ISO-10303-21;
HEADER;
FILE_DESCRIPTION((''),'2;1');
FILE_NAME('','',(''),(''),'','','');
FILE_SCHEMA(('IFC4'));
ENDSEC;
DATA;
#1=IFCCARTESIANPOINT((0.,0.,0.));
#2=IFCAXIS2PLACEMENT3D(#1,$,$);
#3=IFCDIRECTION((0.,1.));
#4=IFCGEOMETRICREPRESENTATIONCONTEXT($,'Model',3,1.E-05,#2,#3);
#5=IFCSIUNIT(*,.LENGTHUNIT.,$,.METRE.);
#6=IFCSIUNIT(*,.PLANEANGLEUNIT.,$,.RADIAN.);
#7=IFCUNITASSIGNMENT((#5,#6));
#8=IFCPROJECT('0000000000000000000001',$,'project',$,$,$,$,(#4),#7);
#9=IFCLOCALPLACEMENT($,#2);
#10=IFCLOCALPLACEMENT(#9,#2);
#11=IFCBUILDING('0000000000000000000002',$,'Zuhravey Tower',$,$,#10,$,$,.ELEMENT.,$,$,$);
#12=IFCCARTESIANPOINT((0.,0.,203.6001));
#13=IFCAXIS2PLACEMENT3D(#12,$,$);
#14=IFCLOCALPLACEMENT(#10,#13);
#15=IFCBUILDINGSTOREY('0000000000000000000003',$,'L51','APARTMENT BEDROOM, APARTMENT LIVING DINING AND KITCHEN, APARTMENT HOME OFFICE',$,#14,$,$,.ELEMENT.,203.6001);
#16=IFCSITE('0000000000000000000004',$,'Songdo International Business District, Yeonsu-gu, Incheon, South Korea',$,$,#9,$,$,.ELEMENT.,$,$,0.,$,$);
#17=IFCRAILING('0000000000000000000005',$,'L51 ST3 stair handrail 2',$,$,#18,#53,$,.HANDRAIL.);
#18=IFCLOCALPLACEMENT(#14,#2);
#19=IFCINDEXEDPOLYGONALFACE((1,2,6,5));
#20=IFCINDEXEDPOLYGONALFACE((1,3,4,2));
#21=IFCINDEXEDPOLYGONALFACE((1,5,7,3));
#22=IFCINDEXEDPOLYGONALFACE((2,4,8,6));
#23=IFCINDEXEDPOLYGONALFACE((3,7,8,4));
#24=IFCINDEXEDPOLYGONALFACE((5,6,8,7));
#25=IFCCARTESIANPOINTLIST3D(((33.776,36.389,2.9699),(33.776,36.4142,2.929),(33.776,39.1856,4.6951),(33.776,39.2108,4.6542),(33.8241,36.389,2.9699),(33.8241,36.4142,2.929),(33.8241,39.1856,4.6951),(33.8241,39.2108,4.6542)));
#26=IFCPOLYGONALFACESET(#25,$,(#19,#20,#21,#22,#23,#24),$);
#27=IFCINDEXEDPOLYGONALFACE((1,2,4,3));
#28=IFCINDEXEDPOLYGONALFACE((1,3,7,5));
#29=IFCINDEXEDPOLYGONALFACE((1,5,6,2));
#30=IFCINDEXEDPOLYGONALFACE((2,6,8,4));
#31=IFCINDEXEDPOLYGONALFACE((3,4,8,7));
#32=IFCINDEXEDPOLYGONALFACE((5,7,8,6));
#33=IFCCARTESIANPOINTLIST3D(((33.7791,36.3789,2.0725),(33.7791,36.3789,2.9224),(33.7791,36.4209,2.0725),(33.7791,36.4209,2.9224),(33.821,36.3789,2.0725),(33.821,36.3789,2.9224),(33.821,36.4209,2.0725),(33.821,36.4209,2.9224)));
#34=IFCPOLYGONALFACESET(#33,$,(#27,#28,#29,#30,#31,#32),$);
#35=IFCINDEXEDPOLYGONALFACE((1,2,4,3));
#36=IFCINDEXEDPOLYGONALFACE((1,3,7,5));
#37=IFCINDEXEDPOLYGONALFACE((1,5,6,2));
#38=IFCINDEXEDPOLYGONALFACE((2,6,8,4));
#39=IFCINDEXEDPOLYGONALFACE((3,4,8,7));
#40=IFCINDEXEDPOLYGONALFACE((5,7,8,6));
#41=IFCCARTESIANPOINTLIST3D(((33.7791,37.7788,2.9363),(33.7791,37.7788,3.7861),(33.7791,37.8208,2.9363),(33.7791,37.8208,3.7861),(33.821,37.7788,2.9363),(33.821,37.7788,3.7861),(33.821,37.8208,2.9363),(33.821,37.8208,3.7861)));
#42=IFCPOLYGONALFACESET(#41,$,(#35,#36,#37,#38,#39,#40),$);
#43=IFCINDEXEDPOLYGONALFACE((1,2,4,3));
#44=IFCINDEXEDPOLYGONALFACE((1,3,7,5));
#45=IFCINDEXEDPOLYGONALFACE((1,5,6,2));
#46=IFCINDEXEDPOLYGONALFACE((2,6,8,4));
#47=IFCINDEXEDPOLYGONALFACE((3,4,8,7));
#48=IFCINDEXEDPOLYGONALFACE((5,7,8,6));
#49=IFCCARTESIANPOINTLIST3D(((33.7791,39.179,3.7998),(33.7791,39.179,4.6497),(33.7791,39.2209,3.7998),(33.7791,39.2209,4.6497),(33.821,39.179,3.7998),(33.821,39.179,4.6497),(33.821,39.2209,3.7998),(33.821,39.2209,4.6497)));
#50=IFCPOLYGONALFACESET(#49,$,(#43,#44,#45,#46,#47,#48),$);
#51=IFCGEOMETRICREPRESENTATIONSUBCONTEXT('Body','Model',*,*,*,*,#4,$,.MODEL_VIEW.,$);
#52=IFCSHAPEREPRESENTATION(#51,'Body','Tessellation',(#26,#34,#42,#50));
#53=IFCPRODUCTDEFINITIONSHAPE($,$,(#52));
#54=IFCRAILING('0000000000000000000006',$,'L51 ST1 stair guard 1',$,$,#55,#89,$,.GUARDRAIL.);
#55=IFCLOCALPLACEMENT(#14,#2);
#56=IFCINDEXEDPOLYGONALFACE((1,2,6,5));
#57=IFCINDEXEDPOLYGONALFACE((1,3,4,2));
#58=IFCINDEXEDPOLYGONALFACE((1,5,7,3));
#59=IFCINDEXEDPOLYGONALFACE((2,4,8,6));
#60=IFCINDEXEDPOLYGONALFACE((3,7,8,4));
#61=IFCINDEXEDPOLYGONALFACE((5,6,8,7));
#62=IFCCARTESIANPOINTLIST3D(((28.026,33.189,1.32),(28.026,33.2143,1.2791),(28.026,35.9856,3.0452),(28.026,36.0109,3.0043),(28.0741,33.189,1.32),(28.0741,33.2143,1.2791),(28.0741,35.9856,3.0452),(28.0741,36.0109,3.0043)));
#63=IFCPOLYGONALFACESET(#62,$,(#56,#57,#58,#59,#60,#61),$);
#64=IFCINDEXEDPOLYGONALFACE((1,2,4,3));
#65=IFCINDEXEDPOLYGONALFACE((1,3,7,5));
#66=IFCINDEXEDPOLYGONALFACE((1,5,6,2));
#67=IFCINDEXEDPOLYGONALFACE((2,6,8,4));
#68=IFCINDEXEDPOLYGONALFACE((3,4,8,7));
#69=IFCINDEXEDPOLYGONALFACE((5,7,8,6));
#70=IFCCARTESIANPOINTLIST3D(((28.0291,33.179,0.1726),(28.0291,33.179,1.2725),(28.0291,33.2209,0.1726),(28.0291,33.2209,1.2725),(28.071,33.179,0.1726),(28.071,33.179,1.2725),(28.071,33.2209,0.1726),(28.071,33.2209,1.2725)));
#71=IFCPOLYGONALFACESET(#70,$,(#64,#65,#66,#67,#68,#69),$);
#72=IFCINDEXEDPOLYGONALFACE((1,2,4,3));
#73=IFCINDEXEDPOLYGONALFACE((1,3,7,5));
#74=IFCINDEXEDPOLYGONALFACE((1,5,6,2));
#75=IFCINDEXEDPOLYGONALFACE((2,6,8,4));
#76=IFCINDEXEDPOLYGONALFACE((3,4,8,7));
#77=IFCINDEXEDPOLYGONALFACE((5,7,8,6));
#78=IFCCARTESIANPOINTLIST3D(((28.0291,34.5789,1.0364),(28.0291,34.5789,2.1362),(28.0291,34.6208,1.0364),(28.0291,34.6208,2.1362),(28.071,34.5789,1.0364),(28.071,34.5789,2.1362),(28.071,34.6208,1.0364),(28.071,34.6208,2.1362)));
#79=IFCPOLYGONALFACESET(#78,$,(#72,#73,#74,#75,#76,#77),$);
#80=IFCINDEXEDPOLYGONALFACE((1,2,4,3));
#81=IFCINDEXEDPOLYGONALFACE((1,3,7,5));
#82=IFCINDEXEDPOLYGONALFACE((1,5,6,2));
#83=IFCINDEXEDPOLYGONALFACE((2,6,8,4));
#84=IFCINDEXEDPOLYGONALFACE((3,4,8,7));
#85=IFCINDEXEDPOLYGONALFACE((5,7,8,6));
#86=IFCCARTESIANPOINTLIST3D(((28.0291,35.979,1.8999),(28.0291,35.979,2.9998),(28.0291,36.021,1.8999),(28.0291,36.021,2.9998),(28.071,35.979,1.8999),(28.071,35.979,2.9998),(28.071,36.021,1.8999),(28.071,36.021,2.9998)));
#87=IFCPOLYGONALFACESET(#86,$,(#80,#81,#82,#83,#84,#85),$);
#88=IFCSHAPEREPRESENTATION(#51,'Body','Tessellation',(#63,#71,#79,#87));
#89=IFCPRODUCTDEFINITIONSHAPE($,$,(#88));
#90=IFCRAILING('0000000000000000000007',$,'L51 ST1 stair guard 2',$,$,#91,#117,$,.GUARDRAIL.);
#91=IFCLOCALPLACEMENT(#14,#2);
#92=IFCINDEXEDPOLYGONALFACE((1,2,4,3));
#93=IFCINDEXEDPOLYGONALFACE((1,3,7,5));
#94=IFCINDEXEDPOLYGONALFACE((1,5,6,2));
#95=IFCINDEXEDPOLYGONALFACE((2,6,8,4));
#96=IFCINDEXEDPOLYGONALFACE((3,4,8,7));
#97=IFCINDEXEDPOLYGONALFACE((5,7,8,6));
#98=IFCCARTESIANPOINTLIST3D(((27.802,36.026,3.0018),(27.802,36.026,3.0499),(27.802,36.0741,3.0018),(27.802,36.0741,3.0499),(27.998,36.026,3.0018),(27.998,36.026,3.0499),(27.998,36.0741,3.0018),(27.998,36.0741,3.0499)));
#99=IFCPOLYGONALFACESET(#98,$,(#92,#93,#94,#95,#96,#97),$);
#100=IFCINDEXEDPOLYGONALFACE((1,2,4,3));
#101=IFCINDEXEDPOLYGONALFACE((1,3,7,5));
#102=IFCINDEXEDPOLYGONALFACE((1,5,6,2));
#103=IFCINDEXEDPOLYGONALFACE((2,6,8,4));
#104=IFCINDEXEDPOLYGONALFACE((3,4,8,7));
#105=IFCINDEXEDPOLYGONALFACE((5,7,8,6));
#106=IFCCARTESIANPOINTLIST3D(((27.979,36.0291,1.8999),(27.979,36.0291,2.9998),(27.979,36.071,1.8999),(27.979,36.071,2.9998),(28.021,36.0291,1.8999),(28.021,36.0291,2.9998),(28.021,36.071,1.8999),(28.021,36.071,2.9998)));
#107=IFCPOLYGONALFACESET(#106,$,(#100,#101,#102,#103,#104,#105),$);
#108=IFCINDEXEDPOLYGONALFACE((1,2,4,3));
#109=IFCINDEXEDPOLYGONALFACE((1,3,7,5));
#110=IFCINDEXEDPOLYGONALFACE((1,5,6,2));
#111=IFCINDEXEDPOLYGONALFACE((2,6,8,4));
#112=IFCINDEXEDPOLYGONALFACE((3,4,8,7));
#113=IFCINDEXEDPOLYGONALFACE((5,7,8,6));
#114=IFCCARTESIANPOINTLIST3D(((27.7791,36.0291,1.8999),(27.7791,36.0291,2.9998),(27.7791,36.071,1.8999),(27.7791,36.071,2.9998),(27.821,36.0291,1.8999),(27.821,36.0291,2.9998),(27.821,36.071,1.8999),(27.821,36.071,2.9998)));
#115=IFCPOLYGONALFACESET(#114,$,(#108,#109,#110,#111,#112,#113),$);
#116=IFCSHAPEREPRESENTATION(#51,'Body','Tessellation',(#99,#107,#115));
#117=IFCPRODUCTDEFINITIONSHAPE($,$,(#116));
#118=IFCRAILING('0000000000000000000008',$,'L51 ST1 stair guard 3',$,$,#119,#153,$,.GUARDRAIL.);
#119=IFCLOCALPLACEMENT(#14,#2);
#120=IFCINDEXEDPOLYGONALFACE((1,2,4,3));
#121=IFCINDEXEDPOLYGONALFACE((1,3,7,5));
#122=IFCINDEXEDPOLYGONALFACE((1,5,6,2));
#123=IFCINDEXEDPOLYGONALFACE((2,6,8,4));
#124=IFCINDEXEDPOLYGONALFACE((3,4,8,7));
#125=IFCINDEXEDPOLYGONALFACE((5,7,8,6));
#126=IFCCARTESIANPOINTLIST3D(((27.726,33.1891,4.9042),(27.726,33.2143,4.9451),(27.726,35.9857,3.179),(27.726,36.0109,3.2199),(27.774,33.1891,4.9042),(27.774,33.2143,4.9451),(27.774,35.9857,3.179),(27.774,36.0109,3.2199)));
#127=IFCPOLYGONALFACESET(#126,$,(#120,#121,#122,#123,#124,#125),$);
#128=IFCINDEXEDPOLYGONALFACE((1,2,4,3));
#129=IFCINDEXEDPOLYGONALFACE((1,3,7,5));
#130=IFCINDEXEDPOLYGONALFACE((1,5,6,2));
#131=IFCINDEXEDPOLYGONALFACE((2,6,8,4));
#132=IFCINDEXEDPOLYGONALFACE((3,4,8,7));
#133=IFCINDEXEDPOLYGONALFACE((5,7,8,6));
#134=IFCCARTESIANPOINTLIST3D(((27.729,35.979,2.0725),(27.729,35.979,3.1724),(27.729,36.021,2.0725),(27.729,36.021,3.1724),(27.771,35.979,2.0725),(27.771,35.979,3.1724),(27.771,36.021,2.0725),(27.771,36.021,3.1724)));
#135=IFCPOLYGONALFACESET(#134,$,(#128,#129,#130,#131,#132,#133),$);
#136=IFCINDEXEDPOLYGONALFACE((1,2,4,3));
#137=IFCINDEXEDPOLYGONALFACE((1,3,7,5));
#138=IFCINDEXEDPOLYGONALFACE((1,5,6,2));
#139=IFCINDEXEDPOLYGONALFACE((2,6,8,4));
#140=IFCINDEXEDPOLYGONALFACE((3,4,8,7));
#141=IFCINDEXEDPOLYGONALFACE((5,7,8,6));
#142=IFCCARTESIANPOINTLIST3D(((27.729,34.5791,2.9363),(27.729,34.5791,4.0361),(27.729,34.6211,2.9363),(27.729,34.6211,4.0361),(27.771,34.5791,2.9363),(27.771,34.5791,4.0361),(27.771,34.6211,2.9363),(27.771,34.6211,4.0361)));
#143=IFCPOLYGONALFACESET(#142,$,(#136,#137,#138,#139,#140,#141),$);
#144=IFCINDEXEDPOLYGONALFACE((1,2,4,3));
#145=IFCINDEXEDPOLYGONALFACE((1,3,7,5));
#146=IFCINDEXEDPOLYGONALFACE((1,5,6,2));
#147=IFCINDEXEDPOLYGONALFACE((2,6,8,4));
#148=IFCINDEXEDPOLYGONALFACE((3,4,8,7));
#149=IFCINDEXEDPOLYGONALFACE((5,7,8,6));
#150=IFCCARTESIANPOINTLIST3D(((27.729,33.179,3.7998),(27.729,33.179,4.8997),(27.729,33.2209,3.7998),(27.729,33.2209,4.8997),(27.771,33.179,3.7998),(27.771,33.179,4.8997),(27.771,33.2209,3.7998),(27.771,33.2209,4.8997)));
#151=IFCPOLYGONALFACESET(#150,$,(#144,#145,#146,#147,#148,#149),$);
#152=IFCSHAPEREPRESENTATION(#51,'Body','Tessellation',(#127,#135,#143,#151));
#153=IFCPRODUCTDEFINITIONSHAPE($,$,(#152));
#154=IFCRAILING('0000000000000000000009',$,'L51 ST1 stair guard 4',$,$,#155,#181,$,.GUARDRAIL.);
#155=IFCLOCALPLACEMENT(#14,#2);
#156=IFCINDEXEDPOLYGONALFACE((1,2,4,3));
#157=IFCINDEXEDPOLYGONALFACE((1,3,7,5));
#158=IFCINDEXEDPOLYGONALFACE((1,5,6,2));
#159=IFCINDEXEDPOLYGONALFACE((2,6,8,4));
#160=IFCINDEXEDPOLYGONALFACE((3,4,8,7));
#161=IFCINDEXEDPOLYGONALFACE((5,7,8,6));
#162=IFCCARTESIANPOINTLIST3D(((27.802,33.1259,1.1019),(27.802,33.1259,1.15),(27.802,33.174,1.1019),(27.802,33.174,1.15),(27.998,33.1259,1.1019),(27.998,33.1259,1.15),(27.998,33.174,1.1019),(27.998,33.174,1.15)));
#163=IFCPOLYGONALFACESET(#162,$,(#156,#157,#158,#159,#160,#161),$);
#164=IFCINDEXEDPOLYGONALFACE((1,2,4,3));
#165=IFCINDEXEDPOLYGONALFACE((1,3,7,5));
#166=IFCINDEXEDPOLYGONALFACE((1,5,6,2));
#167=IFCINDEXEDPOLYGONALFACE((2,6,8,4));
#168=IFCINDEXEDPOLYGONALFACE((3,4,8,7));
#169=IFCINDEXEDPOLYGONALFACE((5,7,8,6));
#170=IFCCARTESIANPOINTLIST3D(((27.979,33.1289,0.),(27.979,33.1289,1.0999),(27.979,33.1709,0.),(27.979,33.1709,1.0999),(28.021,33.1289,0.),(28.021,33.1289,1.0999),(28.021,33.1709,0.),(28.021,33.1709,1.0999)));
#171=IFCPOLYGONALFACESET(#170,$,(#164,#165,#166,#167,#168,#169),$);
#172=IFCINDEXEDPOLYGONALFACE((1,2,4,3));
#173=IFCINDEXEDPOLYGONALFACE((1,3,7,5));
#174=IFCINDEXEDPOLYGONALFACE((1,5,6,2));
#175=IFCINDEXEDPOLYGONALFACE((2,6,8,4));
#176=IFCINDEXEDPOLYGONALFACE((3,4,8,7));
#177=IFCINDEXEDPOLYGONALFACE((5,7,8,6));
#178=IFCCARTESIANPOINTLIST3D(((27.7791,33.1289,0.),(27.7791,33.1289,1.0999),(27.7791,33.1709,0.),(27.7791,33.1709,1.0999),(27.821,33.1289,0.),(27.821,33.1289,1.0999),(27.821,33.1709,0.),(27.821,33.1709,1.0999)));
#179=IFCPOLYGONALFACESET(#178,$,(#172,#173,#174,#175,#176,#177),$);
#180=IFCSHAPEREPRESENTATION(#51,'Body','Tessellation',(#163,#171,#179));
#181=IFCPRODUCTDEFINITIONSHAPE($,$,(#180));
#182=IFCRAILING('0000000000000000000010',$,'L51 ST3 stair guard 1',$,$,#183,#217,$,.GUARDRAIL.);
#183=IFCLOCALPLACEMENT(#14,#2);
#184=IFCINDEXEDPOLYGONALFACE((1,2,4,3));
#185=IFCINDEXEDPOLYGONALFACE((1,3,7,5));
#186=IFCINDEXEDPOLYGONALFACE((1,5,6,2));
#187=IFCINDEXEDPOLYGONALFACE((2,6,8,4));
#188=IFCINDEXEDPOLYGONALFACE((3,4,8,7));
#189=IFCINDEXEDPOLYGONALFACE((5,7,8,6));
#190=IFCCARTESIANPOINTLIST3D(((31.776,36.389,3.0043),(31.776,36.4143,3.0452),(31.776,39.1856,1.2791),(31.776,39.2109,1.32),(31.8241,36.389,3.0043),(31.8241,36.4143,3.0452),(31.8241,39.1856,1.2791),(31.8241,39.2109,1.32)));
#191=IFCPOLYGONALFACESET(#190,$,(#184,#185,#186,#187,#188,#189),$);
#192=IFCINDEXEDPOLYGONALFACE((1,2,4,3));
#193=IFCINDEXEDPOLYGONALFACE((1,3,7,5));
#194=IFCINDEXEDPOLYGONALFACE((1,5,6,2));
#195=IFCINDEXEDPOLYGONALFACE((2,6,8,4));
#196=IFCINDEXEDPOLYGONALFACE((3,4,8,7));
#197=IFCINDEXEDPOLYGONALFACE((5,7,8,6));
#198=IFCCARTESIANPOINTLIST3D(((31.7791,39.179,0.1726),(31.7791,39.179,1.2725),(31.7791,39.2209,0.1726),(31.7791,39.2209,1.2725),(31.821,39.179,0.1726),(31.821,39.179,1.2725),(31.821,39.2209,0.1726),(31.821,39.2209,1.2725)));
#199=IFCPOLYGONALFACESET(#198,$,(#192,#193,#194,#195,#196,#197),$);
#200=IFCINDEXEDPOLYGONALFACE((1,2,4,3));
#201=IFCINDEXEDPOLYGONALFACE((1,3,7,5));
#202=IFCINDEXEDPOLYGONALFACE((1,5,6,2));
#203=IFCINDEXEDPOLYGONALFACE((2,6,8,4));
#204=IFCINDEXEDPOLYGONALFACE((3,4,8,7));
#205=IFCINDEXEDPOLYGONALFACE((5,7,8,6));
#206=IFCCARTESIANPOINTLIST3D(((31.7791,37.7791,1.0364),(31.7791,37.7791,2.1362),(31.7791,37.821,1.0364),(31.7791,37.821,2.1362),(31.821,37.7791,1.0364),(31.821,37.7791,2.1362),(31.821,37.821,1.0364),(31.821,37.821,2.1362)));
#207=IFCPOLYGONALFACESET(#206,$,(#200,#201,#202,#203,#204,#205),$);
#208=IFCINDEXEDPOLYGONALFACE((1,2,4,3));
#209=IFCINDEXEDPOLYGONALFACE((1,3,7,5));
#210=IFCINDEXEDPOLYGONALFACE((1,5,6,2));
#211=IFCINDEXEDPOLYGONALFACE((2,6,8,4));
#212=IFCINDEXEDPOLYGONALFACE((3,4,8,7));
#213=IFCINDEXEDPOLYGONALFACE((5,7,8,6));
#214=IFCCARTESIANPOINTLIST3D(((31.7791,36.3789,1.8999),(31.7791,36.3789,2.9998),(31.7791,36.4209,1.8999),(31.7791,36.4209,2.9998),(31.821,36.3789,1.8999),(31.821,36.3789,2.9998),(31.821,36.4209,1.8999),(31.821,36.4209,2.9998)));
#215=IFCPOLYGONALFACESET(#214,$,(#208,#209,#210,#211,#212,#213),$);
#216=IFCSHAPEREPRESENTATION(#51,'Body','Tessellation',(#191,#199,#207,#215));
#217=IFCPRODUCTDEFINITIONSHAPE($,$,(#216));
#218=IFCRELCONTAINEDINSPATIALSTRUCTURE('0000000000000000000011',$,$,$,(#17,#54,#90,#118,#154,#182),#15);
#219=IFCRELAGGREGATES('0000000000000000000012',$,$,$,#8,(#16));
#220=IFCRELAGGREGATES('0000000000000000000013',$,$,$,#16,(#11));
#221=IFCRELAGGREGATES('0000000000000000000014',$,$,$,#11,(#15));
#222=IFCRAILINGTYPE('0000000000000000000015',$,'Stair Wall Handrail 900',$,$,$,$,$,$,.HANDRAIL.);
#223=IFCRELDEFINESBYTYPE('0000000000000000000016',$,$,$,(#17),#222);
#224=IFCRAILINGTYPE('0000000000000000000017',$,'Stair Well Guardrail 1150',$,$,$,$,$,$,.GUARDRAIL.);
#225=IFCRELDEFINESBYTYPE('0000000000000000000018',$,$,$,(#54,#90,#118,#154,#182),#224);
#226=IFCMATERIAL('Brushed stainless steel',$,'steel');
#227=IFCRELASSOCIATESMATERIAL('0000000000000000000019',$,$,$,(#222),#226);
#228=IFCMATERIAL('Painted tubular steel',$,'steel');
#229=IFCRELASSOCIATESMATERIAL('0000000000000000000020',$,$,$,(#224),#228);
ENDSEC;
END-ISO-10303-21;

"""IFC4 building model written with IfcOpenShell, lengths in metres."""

from ifc_helpers import new_model, si_unit, direction, frame, origin, origin_2d, place, context, subcontext, project, spatial, rectangle, extrude, material, type_object, element, save


model = new_model("IFC4")

# Units and contexts
model_context = context("Model", 3, precision=1e-05, world=origin(), true_north=direction((0.0, 1.0)))
body_context = subcontext(model_context, "Body", "Model", "MODEL_VIEW")
ifc_project = project(units=[si_unit("LENGTHUNIT", "METRE"), si_unit("PLANEANGLEUNIT", "RADIAN")], contexts=[model_context])

# Site, building, storey
site_placement = place(None, origin())
site = spatial("IfcSite", under=ifc_project, at=site_placement, Name="Songdo International Business District, Yeonsu-gu, Incheon, South Korea", CompositionType="ELEMENT", RefElevation=0.0)
building_placement = place(site_placement, origin())
building = spatial("IfcBuilding", under=site, at=building_placement, Name="Zuhravey Tower", CompositionType="ELEMENT")
storey_placement = place(building_placement, frame((0.0, 0.0, 203.6001)))
storey = spatial("IfcBuildingStorey", under=building, at=storey_placement, Name="L51", Description="APARTMENT BEDROOM, APARTMENT LIVING DINING AND KITCHEN, APARTMENT HOME OFFICE", CompositionType="ELEMENT", Elevation=203.6001)

# Railings
ifc_material_1 = material(Name="Brushed stainless steel", Category="steel")
railing_type_1 = type_object("IfcRailingType", Name="Stair Wall Handrail 900", PredefinedType="HANDRAIL", material=ifc_material_1)
railing_1_placement = place(storey_placement, frame((33.8, 36.3999, 2.0725)))
element("IfcRailing", 1, at=railing_1_placement, inside=storey, type_object=railing_type_1, Name="L51 ST3 stair handrail 2", PredefinedType="HANDRAIL", context=body_context, shape_type="SweptSolid", body=[
    extrude(rectangle(XDim=0.0481, YDim=0.0481, at=origin_2d()), frame((0.0, 0.0017, 0.877), z_axis=(0.0, 0.85109, 0.52502), x_axis=(-1.0, 0.0, 0.0)), (0.0, 0.0, 1.0), 3.2859),
    extrude(rectangle(XDim=0.042, YDim=0.042, at=origin_2d()), origin(), (0.0, 0.0, 1.0), 0.8499),
    extrude(rectangle(XDim=0.042, YDim=0.042, at=origin_2d()), frame((0.0, 1.3999, 0.8638)), (0.0, 0.0, 1.0), 0.8499),
    extrude(rectangle(XDim=0.042, YDim=0.042, at=origin_2d()), frame((0.0, 2.8, 1.7273)), (0.0, 0.0, 1.0), 0.8499),
])
ifc_material_2 = material(Name="Painted tubular steel", Category="steel")
railing_type_2 = type_object("IfcRailingType", Name="Stair Well Guardrail 1150", PredefinedType="GUARDRAIL", material=ifc_material_2)
railing_2_placement = place(storey_placement, frame((28.05, 33.2, 0.1726)))
element("IfcRailing", 2, at=railing_2_placement, inside=storey, type_object=railing_type_2, Name="L51 ST1 stair guard 1", PredefinedType="GUARDRAIL", context=body_context, shape_type="SweptSolid", body=[
    extrude(rectangle(XDim=0.0481, YDim=0.0481, at=origin_2d()), frame((0.0, 0.0017, 1.127), z_axis=(0.0, 0.85109, 0.52502), x_axis=(-1.0, 0.0, 0.0)), (0.0, 0.0, 1.0), 3.2859),
    extrude(rectangle(XDim=0.042, YDim=0.042, at=origin_2d()), origin(), (0.0, 0.0, 1.0), 1.0999),
    extrude(rectangle(XDim=0.042, YDim=0.042, at=origin_2d()), frame((0.0, 1.3999, 0.8638)), (0.0, 0.0, 1.0), 1.0999),
    extrude(rectangle(XDim=0.042, YDim=0.042, at=origin_2d()), frame((0.0, 2.8, 1.7273)), (0.0, 0.0, 1.0), 1.0999),
])
railing_3_placement = place(storey_placement, frame((28.0, 36.05, 1.8999)))
element("IfcRailing", 3, at=railing_3_placement, inside=storey, type_object=railing_type_2, Name="L51 ST1 stair guard 2", PredefinedType="GUARDRAIL", context=body_context, shape_type="SweptSolid", body=[
    extrude(rectangle(XDim=0.0481, YDim=0.0481, at=origin_2d()), frame((-0.002, 0.0, 1.126), z_axis=(-1.0, 0.0, 0.0), x_axis=(0.0, -1.0, 0.0)), (0.0, 0.0, 1.0), 0.196),
    extrude(rectangle(XDim=0.042, YDim=0.042, at=origin_2d()), origin(), (0.0, 0.0, 1.0), 1.0999),
    extrude(rectangle(XDim=0.042, YDim=0.042, at=origin_2d()), frame((-0.2, 0.0, 0.0)), (0.0, 0.0, 1.0), 1.0999),
])
railing_4_placement = place(storey_placement, frame((27.75, 36.0, 2.0725)))
element("IfcRailing", 4, at=railing_4_placement, inside=storey, type_object=railing_type_2, Name="L51 ST1 stair guard 3", PredefinedType="GUARDRAIL", context=body_context, shape_type="SweptSolid", body=[
    extrude(rectangle(XDim=0.0481, YDim=0.0481, at=origin_2d()), frame((0.0, -0.0017, 1.127), z_axis=(0.0, -0.85109, 0.52502), x_axis=(1.0, 0.0, 0.0)), (0.0, 0.0, 1.0), 3.2859),
    extrude(rectangle(XDim=0.042, YDim=0.042, at=origin_2d()), origin(), (0.0, 0.0, 1.0), 1.0999),
    extrude(rectangle(XDim=0.042, YDim=0.042, at=origin_2d()), frame((0.0, -1.3999, 0.8638)), (0.0, 0.0, 1.0), 1.0999),
    extrude(rectangle(XDim=0.042, YDim=0.042, at=origin_2d()), frame((0.0, -2.8, 1.7273)), (0.0, 0.0, 1.0), 1.0999),
])
railing_5_placement = place(storey_placement, frame((28.0, 33.1499, 0.0)))
element("IfcRailing", 5, at=railing_5_placement, inside=storey, type_object=railing_type_2, Name="L51 ST1 stair guard 4", PredefinedType="GUARDRAIL", context=body_context, shape_type="SweptSolid", body=[
    extrude(rectangle(XDim=0.0481, YDim=0.0481, at=origin_2d()), frame((-0.002, 0.0, 1.126), z_axis=(-1.0, 0.0, 0.0), x_axis=(0.0, -1.0, 0.0)), (0.0, 0.0, 1.0), 0.196),
    extrude(rectangle(XDim=0.042, YDim=0.042, at=origin_2d()), origin(), (0.0, 0.0, 1.0), 1.0999),
    extrude(rectangle(XDim=0.042, YDim=0.042, at=origin_2d()), frame((-0.2, 0.0, 0.0)), (0.0, 0.0, 1.0), 1.0999),
])
railing_6_placement = place(storey_placement, frame((31.8, 39.2, 0.1726)))
element("IfcRailing", 6, at=railing_6_placement, inside=storey, type_object=railing_type_2, Name="L51 ST3 stair guard 1", PredefinedType="GUARDRAIL", context=body_context, shape_type="SweptSolid", body=[
    extrude(rectangle(XDim=0.0481, YDim=0.0481, at=origin_2d()), frame((0.0, -0.0017, 1.127), z_axis=(0.0, -0.85109, 0.52502), x_axis=(1.0, 0.0, 0.0)), (0.0, 0.0, 1.0), 3.2859),
    extrude(rectangle(XDim=0.042, YDim=0.042, at=origin_2d()), origin(), (0.0, 0.0, 1.0), 1.0999),
    extrude(rectangle(XDim=0.042, YDim=0.042, at=origin_2d()), frame((0.0, -1.3999, 0.8638)), (0.0, 0.0, 1.0), 1.0999),
    extrude(rectangle(XDim=0.042, YDim=0.042, at=origin_2d()), frame((0.0, -2.8, 1.7273)), (0.0, 0.0, 1.0), 1.0999),
])

save(model, "model.ifc")
